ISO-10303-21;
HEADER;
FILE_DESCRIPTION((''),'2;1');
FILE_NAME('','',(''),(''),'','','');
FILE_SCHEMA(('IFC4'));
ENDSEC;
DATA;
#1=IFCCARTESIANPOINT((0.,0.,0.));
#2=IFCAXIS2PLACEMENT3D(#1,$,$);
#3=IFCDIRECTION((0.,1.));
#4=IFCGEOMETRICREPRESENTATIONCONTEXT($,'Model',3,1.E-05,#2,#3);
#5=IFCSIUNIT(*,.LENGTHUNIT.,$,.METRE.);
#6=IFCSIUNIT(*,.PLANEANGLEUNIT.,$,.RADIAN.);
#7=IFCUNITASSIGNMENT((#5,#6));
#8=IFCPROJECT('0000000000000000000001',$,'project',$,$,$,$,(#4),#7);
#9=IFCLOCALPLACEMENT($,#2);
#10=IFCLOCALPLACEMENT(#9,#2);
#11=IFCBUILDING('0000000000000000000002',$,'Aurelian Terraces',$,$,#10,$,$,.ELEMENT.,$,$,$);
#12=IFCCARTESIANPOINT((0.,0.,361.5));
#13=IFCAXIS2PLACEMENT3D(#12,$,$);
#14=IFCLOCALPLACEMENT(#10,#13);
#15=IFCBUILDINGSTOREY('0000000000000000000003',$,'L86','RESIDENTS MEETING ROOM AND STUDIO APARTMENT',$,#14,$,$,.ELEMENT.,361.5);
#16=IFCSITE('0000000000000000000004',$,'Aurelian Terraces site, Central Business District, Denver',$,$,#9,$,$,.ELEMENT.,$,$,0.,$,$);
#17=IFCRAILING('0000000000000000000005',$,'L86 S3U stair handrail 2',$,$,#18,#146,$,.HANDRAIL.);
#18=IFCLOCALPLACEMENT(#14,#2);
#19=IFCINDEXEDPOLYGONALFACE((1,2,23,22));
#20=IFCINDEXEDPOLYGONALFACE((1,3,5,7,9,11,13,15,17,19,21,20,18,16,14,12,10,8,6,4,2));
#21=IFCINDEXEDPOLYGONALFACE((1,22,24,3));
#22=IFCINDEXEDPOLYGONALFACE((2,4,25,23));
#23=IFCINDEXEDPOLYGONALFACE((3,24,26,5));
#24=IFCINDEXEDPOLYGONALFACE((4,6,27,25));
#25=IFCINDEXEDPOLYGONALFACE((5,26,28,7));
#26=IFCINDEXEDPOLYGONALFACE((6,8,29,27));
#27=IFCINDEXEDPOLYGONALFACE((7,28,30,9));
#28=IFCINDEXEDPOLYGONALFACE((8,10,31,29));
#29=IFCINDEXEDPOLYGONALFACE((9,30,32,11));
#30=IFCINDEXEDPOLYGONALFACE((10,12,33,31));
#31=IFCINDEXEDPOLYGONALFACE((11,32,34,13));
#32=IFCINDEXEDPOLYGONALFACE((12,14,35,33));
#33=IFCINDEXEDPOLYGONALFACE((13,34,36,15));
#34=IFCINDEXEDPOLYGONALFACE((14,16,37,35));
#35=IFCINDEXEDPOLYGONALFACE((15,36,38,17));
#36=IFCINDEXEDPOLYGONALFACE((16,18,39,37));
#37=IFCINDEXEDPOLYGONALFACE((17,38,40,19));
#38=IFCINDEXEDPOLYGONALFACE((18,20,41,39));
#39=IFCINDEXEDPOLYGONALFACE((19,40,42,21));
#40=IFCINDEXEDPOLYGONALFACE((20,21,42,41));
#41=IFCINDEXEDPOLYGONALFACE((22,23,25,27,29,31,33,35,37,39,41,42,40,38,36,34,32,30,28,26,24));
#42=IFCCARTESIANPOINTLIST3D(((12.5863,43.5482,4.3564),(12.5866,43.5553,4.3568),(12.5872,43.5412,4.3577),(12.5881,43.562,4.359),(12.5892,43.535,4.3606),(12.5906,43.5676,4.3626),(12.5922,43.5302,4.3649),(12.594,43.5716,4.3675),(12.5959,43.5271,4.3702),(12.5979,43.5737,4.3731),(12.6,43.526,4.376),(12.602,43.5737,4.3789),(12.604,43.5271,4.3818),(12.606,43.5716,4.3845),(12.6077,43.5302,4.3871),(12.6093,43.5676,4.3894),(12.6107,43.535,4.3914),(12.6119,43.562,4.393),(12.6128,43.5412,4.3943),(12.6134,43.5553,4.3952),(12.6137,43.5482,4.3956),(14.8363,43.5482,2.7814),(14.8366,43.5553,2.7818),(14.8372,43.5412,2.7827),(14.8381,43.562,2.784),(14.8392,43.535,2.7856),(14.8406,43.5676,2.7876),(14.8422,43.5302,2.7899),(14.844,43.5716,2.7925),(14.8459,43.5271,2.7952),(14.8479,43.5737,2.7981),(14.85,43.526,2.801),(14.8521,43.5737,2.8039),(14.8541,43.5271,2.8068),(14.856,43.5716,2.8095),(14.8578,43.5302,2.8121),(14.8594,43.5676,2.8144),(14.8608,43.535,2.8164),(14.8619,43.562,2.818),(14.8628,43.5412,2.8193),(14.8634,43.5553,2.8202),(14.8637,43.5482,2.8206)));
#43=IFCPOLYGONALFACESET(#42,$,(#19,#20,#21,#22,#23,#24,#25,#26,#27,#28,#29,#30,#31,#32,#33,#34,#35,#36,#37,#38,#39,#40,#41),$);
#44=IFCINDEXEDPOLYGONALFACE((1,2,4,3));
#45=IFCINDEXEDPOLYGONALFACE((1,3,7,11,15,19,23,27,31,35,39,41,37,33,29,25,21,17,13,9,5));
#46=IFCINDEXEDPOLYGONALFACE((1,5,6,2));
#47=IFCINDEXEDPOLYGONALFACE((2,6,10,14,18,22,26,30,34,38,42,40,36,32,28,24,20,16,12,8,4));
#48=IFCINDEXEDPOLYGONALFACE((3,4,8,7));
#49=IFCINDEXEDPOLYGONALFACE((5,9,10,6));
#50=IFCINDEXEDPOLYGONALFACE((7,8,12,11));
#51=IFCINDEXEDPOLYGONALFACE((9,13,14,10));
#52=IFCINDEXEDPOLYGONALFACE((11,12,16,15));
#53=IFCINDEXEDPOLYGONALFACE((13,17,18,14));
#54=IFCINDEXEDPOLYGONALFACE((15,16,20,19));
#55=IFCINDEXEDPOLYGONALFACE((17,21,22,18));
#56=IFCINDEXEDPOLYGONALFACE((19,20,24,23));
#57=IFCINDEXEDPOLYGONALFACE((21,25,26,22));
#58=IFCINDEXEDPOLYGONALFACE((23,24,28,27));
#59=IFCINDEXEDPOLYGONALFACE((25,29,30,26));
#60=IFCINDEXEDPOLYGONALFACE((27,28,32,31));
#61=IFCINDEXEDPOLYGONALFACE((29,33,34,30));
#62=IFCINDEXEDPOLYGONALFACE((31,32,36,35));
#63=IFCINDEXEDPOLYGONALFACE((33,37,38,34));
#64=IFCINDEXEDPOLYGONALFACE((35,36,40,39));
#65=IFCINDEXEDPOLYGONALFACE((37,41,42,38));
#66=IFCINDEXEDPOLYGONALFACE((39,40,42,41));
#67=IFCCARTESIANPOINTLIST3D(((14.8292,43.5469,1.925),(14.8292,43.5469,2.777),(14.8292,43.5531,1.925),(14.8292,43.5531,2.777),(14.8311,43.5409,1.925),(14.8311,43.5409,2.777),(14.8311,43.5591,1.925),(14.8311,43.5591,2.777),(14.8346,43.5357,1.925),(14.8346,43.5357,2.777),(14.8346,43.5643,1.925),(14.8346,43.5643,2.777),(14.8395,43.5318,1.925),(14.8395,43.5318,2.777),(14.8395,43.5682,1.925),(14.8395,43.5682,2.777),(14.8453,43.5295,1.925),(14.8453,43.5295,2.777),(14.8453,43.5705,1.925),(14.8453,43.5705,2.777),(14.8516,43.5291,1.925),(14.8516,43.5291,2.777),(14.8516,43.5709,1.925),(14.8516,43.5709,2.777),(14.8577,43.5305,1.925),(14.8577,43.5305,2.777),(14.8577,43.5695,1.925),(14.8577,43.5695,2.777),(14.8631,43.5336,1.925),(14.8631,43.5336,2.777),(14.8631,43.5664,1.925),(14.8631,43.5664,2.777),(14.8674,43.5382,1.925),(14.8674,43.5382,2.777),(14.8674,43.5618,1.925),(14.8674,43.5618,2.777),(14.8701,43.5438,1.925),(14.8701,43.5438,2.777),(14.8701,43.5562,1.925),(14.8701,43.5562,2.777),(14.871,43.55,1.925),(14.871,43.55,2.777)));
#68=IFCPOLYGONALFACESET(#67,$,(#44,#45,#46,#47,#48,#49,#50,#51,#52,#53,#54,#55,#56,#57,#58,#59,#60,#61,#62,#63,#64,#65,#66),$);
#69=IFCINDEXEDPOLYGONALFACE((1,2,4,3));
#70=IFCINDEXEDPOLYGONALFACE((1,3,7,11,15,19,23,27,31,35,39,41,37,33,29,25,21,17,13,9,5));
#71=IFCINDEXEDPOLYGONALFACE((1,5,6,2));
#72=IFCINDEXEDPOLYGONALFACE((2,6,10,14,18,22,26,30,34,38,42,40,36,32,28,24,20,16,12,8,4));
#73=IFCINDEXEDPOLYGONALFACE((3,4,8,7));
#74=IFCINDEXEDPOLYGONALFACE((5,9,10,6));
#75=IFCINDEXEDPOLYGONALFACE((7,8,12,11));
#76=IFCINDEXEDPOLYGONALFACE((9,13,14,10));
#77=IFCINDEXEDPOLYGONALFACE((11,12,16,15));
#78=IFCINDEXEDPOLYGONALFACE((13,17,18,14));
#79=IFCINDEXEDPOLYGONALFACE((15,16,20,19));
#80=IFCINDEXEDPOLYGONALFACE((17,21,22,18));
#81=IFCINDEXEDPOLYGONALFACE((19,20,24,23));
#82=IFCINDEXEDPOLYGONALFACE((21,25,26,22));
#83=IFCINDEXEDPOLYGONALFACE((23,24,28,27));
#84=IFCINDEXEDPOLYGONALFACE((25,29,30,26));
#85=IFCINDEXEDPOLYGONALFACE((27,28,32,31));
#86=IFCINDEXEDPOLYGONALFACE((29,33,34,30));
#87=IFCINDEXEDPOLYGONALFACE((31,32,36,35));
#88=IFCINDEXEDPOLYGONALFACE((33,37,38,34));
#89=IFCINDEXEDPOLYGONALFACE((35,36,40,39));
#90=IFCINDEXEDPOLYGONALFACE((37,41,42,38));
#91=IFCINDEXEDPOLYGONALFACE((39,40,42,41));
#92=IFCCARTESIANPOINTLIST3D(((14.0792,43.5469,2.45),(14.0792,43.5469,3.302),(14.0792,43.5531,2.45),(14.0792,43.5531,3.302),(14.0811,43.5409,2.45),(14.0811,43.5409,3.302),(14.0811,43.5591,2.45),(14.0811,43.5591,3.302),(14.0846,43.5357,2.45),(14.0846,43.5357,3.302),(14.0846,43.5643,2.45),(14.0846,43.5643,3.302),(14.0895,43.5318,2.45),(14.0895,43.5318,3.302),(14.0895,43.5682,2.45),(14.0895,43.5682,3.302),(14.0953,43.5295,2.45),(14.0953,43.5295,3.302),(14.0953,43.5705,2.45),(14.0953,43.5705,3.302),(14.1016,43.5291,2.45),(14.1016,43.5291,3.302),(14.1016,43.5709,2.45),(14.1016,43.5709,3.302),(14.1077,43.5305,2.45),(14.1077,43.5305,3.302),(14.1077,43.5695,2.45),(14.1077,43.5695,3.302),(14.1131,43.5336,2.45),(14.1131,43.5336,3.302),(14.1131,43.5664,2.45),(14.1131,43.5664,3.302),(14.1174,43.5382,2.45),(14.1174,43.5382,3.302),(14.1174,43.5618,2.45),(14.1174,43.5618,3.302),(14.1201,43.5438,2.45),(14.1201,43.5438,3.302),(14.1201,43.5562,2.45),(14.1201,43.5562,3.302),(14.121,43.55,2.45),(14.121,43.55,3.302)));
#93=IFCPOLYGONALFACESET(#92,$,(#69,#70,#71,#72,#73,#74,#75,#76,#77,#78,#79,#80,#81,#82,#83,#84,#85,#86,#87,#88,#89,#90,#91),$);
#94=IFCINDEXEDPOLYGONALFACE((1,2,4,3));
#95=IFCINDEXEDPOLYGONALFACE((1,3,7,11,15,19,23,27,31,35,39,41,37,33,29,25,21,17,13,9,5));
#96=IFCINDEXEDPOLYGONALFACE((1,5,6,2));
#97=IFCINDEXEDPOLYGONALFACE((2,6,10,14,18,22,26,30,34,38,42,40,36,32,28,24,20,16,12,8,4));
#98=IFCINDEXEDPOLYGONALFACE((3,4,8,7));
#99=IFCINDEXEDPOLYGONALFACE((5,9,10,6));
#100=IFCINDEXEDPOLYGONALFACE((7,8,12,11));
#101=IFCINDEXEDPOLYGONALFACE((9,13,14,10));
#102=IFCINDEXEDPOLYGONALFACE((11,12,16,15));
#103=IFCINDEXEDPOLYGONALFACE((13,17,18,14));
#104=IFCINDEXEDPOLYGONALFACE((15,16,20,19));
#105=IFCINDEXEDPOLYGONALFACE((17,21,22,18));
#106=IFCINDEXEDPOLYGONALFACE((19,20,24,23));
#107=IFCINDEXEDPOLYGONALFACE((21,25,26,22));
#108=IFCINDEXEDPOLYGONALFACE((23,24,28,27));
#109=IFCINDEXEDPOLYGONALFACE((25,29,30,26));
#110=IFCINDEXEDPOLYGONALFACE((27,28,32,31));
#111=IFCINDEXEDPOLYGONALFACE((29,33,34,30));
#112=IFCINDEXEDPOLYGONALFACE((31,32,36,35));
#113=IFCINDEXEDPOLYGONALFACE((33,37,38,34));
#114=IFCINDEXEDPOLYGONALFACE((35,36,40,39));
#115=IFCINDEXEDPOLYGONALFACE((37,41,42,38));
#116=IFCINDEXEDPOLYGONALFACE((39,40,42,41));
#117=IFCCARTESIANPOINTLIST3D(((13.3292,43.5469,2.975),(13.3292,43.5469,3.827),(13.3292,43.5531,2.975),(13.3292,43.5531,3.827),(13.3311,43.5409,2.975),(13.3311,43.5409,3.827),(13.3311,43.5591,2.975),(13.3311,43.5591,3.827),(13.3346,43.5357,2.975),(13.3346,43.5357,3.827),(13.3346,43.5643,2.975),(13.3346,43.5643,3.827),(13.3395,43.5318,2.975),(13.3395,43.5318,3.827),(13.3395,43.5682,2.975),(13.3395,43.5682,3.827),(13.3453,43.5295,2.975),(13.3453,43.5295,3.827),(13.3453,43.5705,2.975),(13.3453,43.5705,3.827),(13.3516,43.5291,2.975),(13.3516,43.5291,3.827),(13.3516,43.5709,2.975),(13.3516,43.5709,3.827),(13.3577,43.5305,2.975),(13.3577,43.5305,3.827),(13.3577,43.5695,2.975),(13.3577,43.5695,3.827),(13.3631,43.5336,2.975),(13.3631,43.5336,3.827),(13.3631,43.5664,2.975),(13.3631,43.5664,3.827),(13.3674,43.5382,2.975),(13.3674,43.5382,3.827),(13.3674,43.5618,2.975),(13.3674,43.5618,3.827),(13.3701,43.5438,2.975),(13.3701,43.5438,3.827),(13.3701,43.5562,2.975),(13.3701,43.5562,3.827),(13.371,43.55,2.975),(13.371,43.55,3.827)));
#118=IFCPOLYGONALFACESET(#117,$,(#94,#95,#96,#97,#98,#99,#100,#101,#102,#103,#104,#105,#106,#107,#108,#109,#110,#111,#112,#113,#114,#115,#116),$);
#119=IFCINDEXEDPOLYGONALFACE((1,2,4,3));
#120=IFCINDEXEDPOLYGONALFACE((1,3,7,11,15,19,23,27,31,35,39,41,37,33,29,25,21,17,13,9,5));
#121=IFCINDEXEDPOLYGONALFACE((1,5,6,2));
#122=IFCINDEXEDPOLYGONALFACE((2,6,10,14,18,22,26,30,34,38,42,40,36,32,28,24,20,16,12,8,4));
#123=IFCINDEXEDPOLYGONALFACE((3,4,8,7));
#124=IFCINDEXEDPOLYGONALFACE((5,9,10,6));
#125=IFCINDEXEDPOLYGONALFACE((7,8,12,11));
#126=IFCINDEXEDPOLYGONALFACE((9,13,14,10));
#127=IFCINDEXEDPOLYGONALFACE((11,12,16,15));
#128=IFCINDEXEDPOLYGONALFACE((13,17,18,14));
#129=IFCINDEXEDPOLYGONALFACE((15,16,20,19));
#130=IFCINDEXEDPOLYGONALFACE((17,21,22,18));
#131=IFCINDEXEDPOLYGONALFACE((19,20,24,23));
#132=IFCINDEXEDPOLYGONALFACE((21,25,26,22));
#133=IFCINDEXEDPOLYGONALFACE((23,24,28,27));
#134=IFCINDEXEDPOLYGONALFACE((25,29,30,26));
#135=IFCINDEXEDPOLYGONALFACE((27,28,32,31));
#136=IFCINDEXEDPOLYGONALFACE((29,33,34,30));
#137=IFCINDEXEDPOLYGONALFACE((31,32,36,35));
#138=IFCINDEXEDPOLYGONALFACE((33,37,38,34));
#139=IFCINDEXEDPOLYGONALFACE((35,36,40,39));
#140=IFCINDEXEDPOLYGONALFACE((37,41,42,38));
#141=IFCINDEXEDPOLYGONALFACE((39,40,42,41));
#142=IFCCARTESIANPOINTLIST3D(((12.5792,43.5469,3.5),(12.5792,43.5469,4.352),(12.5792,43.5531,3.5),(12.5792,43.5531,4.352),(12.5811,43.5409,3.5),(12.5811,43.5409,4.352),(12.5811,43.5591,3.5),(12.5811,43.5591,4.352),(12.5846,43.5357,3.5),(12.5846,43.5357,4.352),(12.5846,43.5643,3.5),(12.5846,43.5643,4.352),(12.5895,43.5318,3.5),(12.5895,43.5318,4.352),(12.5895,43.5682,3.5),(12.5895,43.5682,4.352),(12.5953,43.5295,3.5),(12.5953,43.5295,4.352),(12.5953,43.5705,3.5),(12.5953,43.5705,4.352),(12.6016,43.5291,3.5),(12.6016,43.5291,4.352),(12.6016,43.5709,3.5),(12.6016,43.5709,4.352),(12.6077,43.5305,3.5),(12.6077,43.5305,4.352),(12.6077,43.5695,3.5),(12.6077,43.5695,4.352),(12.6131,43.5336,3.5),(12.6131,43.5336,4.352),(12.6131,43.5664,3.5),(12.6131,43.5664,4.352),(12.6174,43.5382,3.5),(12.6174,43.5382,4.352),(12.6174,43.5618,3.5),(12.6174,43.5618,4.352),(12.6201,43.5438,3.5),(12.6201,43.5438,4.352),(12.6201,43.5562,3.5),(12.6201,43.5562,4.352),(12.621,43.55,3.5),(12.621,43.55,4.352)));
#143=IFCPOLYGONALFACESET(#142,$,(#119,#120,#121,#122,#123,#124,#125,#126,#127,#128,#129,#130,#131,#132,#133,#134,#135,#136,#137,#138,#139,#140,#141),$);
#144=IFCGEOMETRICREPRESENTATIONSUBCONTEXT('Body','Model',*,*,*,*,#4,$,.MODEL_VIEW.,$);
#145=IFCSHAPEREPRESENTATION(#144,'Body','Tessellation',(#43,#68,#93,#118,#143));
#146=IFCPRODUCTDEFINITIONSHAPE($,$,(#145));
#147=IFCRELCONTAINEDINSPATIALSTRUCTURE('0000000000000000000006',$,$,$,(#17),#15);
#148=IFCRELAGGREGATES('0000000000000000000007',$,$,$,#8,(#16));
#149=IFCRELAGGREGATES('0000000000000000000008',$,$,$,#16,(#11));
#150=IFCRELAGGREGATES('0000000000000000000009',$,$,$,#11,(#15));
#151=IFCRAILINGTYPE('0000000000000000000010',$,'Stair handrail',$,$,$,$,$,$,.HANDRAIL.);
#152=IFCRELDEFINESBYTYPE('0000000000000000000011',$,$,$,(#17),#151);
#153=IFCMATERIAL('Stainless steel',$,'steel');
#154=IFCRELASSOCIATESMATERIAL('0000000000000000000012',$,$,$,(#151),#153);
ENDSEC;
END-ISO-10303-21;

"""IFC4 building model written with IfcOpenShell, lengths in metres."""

from ifc_helpers import new_model, si_unit, direction, frame, origin, origin_2d, place, context, subcontext, project, spatial, circle, extrude, source, transform, mapped, material, type_object, element, save


model = new_model("IFC4")

# Units and contexts
model_context = context("Model", 3, precision=1e-05, world=origin(), true_north=direction((0.0, 1.0)))
body_context = subcontext(model_context, "Body", "Model", "MODEL_VIEW")
ifc_project = project(units=[si_unit("LENGTHUNIT", "METRE"), si_unit("PLANEANGLEUNIT", "RADIAN")], contexts=[model_context])

# Site, building, storey
site_placement = place(None, origin())
site = spatial("IfcSite", under=ifc_project, at=site_placement, Name="Aurelian Terraces site, Central Business District, Denver", CompositionType="ELEMENT", RefElevation=0.0)
building_placement = place(site_placement, origin())
building = spatial("IfcBuilding", under=site, at=building_placement, Name="Aurelian Terraces", CompositionType="ELEMENT")
storey_placement = place(building_placement, frame((0.0, 0.0, 361.5)))
storey = spatial("IfcBuildingStorey", under=building, at=storey_placement, Name="L86", Description="RESIDENTS MEETING ROOM AND STUDIO APARTMENT", CompositionType="ELEMENT", Elevation=361.5)

# Railing
ifc_material_1 = material(Name="Stainless steel", Category="steel")
railing_type_1 = type_object("IfcRailingType", Name="Stair handrail", PredefinedType="HANDRAIL", material=ifc_material_1)
shared_shape_1 = source(origin(), body_context, "Body", "SweptSolid", [
    extrude(circle(Radius=0.024, at=origin_2d()), frame((0.0, 0.0, 0.876), z_axis=(-0.819232, 0.0, 0.573462), x_axis=(0.0, -1.0, 0.0)), (0.0, 0.0, 1.0), 2.7465),
    extrude(circle(Radius=0.021, at=origin_2d()), origin(), (0.0, 0.0, 1.0), 0.852),
    extrude(circle(Radius=0.021, at=origin_2d()), frame((-0.75, 0.0, 0.525)), (0.0, 0.0, 1.0), 0.852),
    extrude(circle(Radius=0.021, at=origin_2d()), frame((-1.5, 0.0, 1.05)), (0.0, 0.0, 1.0), 0.852),
    extrude(circle(Radius=0.021, at=origin_2d()), frame((-2.25, 0.0, 1.575)), (0.0, 0.0, 1.0), 0.852),
])
railing_1_placement = place(storey_placement, frame((14.85, 43.55, 1.925)))
element("IfcRailing", 1, at=railing_1_placement, inside=storey, type_object=railing_type_1, Name="L86 S3U stair handrail 2", PredefinedType="HANDRAIL", context=body_context, shape_type="MappedRepresentation", body=[
    mapped(shared_shape_1, transform((0.0, 0.0, 0.0), scale=1.0)),
])

save(model, "model.ifc")
